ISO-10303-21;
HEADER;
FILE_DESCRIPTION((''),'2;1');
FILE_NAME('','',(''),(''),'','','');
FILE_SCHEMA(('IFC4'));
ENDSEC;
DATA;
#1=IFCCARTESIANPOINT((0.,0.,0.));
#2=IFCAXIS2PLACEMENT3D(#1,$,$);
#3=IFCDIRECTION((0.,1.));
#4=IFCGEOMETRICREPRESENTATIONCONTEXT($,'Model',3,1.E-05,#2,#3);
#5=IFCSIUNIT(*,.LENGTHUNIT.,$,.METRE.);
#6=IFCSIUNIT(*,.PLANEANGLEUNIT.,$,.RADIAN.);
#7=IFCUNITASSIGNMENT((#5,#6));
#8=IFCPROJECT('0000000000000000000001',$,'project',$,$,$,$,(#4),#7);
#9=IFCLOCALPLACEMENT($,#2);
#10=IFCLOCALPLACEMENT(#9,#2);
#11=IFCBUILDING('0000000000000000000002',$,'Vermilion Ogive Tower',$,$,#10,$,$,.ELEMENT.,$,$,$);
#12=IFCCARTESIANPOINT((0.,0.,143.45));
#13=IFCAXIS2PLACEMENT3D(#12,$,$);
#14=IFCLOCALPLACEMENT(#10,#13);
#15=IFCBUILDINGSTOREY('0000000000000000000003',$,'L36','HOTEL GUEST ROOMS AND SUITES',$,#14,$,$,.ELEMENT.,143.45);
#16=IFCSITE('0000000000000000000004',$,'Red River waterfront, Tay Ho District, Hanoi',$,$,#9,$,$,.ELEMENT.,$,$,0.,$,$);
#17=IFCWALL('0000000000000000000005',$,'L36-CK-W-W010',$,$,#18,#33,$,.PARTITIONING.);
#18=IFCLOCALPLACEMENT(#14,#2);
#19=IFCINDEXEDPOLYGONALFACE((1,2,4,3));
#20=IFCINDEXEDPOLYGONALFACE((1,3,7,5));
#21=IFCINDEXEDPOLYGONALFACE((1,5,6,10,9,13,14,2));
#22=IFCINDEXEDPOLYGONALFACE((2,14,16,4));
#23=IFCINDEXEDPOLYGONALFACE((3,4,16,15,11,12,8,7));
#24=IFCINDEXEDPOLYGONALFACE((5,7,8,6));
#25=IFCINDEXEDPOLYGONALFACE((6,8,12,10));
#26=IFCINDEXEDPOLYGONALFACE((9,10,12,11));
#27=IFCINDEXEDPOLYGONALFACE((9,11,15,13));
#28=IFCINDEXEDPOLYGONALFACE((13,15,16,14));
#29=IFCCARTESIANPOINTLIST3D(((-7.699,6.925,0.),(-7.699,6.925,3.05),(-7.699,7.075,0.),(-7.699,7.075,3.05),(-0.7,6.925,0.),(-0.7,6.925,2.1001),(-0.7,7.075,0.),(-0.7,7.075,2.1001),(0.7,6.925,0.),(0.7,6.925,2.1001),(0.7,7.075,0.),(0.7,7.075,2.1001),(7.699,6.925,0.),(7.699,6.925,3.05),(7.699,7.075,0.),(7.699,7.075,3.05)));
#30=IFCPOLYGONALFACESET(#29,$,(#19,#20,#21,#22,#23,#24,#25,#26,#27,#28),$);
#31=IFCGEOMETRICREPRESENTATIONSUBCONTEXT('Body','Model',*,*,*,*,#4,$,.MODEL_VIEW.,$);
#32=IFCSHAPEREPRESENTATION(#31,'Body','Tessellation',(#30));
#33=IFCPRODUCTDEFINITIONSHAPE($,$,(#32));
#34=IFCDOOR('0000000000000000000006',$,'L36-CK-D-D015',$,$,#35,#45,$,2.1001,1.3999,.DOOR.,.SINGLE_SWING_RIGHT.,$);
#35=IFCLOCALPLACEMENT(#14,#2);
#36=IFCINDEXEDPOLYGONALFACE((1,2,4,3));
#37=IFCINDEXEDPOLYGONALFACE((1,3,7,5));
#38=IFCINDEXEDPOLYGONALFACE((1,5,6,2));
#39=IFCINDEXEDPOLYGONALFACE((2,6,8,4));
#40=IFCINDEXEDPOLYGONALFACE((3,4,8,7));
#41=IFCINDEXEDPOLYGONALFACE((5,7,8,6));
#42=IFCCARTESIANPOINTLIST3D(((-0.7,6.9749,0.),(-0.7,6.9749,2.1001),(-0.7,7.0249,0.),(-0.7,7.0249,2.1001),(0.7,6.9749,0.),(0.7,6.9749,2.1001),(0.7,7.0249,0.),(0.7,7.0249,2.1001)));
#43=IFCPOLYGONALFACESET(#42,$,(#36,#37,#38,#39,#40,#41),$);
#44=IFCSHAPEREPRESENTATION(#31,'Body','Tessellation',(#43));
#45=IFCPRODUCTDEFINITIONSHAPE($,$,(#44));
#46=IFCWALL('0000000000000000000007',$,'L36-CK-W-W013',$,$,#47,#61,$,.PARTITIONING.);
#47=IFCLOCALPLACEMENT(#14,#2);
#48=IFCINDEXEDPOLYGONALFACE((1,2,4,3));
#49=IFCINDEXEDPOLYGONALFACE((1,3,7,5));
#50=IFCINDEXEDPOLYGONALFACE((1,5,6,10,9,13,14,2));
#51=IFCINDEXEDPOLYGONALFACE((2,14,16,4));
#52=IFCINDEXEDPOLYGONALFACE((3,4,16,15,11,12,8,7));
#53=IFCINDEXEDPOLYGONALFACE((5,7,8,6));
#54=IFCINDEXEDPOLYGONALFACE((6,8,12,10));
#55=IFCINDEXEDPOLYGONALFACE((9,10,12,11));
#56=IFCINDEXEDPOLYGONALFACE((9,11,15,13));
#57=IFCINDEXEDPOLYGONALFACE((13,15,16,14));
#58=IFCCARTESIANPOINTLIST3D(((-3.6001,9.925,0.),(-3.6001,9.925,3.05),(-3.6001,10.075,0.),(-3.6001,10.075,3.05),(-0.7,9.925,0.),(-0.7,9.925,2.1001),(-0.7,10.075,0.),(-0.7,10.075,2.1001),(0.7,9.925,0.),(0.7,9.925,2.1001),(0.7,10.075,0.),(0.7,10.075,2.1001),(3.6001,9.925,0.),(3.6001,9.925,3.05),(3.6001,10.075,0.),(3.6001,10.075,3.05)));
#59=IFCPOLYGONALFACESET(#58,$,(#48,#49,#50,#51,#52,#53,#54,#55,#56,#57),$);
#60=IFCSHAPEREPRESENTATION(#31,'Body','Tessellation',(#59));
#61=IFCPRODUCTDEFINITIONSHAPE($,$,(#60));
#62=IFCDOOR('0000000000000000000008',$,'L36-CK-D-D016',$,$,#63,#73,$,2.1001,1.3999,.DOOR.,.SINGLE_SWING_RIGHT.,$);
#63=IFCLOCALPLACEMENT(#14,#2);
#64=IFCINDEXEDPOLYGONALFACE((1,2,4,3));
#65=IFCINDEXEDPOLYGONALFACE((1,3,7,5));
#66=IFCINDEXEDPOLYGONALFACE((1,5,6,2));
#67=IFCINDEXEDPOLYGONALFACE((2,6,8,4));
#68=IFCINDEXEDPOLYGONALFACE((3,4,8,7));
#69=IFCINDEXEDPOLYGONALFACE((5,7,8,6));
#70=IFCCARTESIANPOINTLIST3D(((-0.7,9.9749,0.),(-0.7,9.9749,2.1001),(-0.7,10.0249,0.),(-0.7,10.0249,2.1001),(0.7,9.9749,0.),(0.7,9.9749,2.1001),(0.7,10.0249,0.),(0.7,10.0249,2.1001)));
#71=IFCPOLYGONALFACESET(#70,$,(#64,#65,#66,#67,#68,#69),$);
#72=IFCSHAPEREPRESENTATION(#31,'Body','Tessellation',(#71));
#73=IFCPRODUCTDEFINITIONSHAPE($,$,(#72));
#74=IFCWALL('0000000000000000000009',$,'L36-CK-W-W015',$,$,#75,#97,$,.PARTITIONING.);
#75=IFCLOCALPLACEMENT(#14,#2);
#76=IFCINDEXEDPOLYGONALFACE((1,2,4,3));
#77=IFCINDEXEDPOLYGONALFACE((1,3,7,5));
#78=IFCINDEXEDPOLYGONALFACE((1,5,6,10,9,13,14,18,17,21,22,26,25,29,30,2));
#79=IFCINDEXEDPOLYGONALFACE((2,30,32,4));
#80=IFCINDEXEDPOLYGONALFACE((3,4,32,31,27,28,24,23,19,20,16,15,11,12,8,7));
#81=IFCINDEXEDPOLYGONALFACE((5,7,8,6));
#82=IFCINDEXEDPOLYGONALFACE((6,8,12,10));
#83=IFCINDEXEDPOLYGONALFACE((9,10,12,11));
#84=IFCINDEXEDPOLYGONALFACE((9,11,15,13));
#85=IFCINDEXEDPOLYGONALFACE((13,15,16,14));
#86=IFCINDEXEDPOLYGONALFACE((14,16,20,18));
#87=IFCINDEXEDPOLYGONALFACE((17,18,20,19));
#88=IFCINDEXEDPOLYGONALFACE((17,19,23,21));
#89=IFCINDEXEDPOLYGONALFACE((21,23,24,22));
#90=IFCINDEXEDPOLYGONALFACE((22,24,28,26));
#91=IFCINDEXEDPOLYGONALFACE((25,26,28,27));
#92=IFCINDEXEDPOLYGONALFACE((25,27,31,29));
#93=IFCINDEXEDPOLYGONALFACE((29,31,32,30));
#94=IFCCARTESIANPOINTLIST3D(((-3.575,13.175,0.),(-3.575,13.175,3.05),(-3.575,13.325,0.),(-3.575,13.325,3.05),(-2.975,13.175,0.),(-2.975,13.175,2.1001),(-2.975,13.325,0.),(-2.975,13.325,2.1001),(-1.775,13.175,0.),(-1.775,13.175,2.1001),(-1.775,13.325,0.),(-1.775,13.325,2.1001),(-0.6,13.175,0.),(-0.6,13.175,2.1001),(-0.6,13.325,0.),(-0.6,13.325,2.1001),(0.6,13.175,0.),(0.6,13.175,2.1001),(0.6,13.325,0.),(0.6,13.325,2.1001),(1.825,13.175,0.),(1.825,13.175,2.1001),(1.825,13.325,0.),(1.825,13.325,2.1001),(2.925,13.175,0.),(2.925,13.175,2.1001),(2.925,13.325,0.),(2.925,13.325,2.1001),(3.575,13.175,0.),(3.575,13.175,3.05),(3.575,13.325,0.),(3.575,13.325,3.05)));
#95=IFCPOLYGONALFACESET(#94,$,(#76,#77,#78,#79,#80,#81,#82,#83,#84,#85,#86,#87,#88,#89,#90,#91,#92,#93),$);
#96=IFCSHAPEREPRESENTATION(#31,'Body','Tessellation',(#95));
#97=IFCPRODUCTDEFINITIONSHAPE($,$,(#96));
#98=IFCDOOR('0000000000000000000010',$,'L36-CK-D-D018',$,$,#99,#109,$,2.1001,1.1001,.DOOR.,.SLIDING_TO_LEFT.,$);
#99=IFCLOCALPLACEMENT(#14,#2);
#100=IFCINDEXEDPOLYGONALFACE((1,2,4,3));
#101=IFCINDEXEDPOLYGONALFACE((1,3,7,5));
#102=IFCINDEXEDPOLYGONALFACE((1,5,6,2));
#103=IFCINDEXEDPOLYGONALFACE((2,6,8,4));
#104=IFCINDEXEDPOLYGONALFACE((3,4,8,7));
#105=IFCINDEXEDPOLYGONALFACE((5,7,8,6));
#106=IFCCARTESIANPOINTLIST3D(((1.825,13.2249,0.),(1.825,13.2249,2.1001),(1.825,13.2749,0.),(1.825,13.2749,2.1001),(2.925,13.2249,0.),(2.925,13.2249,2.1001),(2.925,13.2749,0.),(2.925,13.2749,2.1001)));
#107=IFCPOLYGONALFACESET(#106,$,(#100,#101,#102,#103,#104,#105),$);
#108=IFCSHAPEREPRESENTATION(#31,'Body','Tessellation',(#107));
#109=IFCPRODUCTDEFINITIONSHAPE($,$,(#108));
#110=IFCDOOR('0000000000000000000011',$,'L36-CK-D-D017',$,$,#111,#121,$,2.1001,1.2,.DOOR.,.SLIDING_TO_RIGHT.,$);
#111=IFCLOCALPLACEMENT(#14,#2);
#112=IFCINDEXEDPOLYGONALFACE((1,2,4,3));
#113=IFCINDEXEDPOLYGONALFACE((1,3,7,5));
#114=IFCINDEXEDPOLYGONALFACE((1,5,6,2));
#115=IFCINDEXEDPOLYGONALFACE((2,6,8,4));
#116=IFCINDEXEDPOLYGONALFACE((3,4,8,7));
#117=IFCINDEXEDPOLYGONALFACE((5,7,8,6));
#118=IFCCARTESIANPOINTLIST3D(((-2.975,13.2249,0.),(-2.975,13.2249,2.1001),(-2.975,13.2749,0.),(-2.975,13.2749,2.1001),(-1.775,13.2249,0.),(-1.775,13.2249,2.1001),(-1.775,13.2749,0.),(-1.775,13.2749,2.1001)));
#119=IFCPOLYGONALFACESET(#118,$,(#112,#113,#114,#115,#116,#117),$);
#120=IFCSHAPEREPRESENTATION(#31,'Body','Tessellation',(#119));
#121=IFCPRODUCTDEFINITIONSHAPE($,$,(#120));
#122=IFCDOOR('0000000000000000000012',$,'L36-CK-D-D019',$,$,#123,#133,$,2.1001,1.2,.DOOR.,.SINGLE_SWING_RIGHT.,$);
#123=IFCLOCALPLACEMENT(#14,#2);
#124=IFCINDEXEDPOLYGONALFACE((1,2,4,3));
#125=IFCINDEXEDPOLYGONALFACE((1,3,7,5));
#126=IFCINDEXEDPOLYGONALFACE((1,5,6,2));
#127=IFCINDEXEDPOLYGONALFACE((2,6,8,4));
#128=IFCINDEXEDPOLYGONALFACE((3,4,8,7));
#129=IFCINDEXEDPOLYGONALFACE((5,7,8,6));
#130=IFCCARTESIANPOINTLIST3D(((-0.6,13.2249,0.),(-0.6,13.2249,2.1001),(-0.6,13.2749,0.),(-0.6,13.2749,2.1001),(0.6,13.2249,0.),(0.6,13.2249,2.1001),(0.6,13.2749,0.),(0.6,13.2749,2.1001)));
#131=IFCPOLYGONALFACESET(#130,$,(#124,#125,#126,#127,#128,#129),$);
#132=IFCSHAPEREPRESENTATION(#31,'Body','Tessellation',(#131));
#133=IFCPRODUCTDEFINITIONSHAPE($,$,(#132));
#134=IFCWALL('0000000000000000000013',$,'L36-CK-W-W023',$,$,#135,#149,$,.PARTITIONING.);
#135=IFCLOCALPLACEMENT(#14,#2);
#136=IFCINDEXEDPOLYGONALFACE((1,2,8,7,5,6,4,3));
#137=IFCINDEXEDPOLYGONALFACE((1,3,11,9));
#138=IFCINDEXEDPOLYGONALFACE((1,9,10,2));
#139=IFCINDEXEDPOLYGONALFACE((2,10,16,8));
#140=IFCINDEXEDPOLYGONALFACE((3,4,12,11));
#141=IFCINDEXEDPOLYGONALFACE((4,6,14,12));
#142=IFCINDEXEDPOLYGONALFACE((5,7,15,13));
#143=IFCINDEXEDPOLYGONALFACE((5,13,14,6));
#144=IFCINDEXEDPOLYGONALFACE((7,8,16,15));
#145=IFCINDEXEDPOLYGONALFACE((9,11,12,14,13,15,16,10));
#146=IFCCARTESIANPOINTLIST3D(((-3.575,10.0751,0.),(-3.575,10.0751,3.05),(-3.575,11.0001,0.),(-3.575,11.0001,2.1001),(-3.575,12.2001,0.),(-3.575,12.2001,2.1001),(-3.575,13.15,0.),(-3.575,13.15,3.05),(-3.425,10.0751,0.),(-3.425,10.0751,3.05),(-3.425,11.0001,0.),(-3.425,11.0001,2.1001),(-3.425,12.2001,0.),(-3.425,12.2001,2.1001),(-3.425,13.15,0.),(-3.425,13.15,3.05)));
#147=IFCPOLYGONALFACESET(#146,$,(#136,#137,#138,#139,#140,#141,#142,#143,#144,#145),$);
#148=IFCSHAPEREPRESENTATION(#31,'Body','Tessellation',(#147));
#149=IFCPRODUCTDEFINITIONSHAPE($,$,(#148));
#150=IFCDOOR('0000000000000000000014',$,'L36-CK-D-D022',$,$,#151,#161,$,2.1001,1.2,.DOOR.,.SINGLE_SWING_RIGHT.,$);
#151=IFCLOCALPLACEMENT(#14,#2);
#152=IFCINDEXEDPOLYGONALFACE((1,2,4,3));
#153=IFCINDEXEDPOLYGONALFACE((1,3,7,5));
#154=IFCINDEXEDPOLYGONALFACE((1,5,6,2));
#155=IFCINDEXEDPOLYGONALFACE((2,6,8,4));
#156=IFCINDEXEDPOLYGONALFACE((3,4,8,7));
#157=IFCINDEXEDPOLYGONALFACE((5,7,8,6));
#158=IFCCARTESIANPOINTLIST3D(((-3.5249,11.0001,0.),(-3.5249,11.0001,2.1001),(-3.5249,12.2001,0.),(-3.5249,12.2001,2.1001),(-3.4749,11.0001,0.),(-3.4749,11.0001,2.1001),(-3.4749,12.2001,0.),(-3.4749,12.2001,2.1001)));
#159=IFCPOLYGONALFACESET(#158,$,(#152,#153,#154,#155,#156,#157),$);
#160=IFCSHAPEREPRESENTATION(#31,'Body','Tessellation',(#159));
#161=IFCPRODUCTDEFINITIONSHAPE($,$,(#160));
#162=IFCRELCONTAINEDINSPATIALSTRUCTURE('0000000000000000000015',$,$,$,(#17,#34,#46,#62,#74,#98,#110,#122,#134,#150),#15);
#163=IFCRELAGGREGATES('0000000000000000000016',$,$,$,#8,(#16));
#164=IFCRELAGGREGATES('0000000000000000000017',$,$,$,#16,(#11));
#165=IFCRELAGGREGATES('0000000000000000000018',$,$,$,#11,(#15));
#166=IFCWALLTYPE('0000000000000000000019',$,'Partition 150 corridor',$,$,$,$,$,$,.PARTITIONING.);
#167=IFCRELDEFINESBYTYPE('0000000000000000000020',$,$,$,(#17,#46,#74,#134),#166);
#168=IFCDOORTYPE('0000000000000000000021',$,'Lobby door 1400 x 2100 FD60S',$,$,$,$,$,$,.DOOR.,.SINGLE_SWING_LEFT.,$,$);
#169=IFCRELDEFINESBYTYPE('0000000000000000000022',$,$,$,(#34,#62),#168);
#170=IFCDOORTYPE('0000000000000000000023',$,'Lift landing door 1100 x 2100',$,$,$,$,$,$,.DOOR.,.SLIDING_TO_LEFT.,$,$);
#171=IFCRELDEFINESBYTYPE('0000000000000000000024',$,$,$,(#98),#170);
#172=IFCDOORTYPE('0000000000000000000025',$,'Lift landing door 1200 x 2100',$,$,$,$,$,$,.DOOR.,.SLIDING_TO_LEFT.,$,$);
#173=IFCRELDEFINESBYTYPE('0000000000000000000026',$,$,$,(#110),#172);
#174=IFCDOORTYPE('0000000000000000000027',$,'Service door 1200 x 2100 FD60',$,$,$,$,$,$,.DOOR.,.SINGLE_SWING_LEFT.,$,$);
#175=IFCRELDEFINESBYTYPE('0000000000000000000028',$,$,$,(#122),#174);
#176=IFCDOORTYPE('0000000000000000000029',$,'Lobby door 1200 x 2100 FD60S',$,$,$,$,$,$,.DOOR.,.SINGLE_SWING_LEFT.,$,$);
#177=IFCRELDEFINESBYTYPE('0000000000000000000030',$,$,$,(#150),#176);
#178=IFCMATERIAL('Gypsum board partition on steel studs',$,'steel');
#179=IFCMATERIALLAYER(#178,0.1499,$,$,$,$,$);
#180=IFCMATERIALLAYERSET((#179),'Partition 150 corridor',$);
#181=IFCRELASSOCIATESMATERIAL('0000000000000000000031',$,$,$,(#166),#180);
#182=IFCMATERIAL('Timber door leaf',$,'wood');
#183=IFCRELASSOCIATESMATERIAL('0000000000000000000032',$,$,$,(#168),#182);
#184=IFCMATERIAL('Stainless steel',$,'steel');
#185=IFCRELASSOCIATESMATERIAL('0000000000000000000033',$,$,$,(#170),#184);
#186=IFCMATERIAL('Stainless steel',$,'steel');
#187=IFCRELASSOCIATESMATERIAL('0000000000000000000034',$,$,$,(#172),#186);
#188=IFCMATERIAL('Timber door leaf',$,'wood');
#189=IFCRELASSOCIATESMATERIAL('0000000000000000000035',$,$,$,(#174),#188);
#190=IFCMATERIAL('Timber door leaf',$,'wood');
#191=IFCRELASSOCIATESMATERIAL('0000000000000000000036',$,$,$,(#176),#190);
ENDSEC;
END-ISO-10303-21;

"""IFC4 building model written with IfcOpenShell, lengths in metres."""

from ifc_helpers import new_model, si_unit, direction, frame, frame_2d, origin, place, context, subcontext, project, spatial, rectangle, extrude, material, layer, layer_set, type_object, element, fill, save


model = new_model("IFC4")

# Units and contexts
model_context = context("Model", 3, precision=1e-05, world=origin(), true_north=direction((0.0, 1.0)))
body_context = subcontext(model_context, "Body", "Model", "MODEL_VIEW")
ifc_project = project(units=[si_unit("LENGTHUNIT", "METRE"), si_unit("PLANEANGLEUNIT", "RADIAN")], contexts=[model_context])

# Site, building, storey
site_placement = place(None, origin())
site = spatial("IfcSite", under=ifc_project, at=site_placement, Name="Red River waterfront, Tay Ho District, Hanoi", CompositionType="ELEMENT", RefElevation=0.0)
building_placement = place(site_placement, origin())
building = spatial("IfcBuilding", under=site, at=building_placement, Name="Vermilion Ogive Tower", CompositionType="ELEMENT")
storey_placement = place(building_placement, frame((0.0, 0.0, 143.45)))
storey = spatial("IfcBuildingStorey", under=building, at=storey_placement, Name="L36", Description="HOTEL GUEST ROOMS AND SUITES", CompositionType="ELEMENT", Elevation=143.45)

# Walls, openings, doors
ifc_material_1 = material(Name="Gypsum board partition on steel studs", Category="steel")
ifc_layer_1 = layer(ifc_material_1, 0.1499)
ifc_layer_set_1 = layer_set([ifc_layer_1], Name="Partition 150 corridor")
wall_type_1 = type_object("IfcWallType", Name="Partition 150 corridor", PredefinedType="PARTITIONING", material=ifc_layer_set_1)
wall_1_placement = place(storey_placement, frame((-7.699, 7.0, 0.0), z_axis=(0.0, 0.0, 1.0), x_axis=(1.0, 0.0, 0.0)))
wall_1 = element("IfcWall", 1, at=wall_1_placement, inside=storey, type_object=wall_type_1, Name="L36-CK-W-W010", PredefinedType="PARTITIONING", context=body_context, shape_type="SweptSolid", body=[
    extrude(rectangle(XDim=15.3979, YDim=0.1499, at=frame_2d((7.699, 0.0))), origin(), (0.0, 0.0, 1.0), 3.05),
])
opening_1_placement = place(wall_1_placement, frame((6.999, 0.0, 0.0)))
opening_1 = element("IfcOpeningElement", 2, at=opening_1_placement, cuts=wall_1, PredefinedType="OPENING", context=body_context, shape_type="SweptSolid", body=[
    extrude(rectangle(XDim=1.3999, YDim=2.1001, at=frame_2d((0.7, 1.05))), frame((0.0, 0.085, 0.0), z_axis=(0.0, -1.0, 0.0), x_axis=(1.0, 0.0, 0.0)), (0.0, 0.0, 1.0), 0.1699),
])
ifc_material_2 = material(Name="Timber door leaf", Category="wood")
door_type_1 = type_object("IfcDoorType", Name="Lobby door 1400 x 2100 FD60S", OperationType="SINGLE_SWING_LEFT", PredefinedType="DOOR", material=ifc_material_2)
door_1_placement = place(opening_1_placement, origin())
door_1 = element("IfcDoor", 3, at=door_1_placement, inside=storey, type_object=door_type_1, Name="L36-CK-D-D015", OperationType="SINGLE_SWING_RIGHT", OverallHeight=2.1001, OverallWidth=1.3999, PredefinedType="DOOR", context=body_context, shape_type="SweptSolid", body=[
    extrude(rectangle(XDim=1.3999, YDim=2.1001, at=frame_2d((0.7, 1.05))), frame((0.0, 0.0249, 0.0), z_axis=(0.0, -1.0, 0.0), x_axis=(1.0, 0.0, 0.0)), (0.0, 0.0, 1.0), 0.05),
])
fill(opening_1, door_1)
wall_2_placement = place(storey_placement, frame((-3.6001, 10.0, 0.0), z_axis=(0.0, 0.0, 1.0), x_axis=(1.0, 0.0, 0.0)))
wall_2 = element("IfcWall", 4, at=wall_2_placement, inside=storey, type_object=wall_type_1, Name="L36-CK-W-W013", PredefinedType="PARTITIONING", context=body_context, shape_type="SweptSolid", body=[
    extrude(rectangle(XDim=7.2002, YDim=0.1499, at=frame_2d((3.6001, 0.0))), origin(), (0.0, 0.0, 1.0), 3.05),
])
opening_2_placement = place(wall_2_placement, frame((2.9001, 0.0, 0.0)))
opening_2 = element("IfcOpeningElement", 5, at=opening_2_placement, cuts=wall_2, PredefinedType="OPENING", context=body_context, shape_type="SweptSolid", body=[
    extrude(rectangle(XDim=1.3999, YDim=2.1001, at=frame_2d((0.7, 1.05))), frame((0.0, 0.085, 0.0), z_axis=(0.0, -1.0, 0.0), x_axis=(1.0, 0.0, 0.0)), (0.0, 0.0, 1.0), 0.1699),
])
door_2_placement = place(opening_2_placement, origin())
door_2 = element("IfcDoor", 6, at=door_2_placement, inside=storey, type_object=door_type_1, Name="L36-CK-D-D016", OperationType="SINGLE_SWING_RIGHT", OverallHeight=2.1001, OverallWidth=1.3999, PredefinedType="DOOR", context=body_context, shape_type="SweptSolid", body=[
    extrude(rectangle(XDim=1.3999, YDim=2.1001, at=frame_2d((0.7, 1.05))), frame((0.0, 0.0249, 0.0), z_axis=(0.0, -1.0, 0.0), x_axis=(1.0, 0.0, 0.0)), (0.0, 0.0, 1.0), 0.05),
])
fill(opening_2, door_2)

# Wall, openings, doors
wall_3_placement = place(storey_placement, frame((-3.575, 13.25, 0.0), z_axis=(0.0, 0.0, 1.0), x_axis=(1.0, 0.0, 0.0)))
wall_3 = element("IfcWall", 7, at=wall_3_placement, inside=storey, type_object=wall_type_1, Name="L36-CK-W-W015", PredefinedType="PARTITIONING", context=body_context, shape_type="SweptSolid", body=[
    extrude(rectangle(XDim=7.1499, YDim=0.1499, at=frame_2d((3.575, 0.0))), origin(), (0.0, 0.0, 1.0), 3.05),
])
opening_3_placement = place(wall_3_placement, frame((0.5999, 0.0, 0.0)))
opening_3 = element("IfcOpeningElement", 8, at=opening_3_placement, cuts=wall_3, PredefinedType="OPENING", context=body_context, shape_type="SweptSolid", body=[
    extrude(rectangle(XDim=1.2, YDim=2.1001, at=frame_2d((0.6001, 1.05))), frame((0.0, 0.085, 0.0), z_axis=(0.0, -1.0, 0.0), x_axis=(1.0, 0.0, 0.0)), (0.0, 0.0, 1.0), 0.1699),
])
opening_4_placement = place(wall_3_placement, frame((5.3999, 0.0, 0.0)))
opening_4 = element("IfcOpeningElement", 9, at=opening_4_placement, cuts=wall_3, PredefinedType="OPENING", context=body_context, shape_type="SweptSolid", body=[
    extrude(rectangle(XDim=1.1001, YDim=2.1001, at=frame_2d((0.55, 1.05))), frame((0.0, 0.085, 0.0), z_axis=(0.0, -1.0, 0.0), x_axis=(1.0, 0.0, 0.0)), (0.0, 0.0, 1.0), 0.1699),
])
opening_5_placement = place(wall_3_placement, frame((2.9749, 0.0, 0.0)))
opening_5 = element("IfcOpeningElement", 10, at=opening_5_placement, cuts=wall_3, PredefinedType="OPENING", context=body_context, shape_type="SweptSolid", body=[
    extrude(rectangle(XDim=1.2, YDim=2.1001, at=frame_2d((0.6001, 1.05))), frame((0.0, 0.085, 0.0), z_axis=(0.0, -1.0, 0.0), x_axis=(1.0, 0.0, 0.0)), (0.0, 0.0, 1.0), 0.1699),
])
ifc_material_3 = material(Name="Stainless steel", Category="steel")
door_type_2 = type_object("IfcDoorType", Name="Lift landing door 1100 x 2100", OperationType="SLIDING_TO_LEFT", PredefinedType="DOOR", material=ifc_material_3)
door_3_placement = place(opening_4_placement, origin())
door_3 = element("IfcDoor", 11, at=door_3_placement, inside=storey, type_object=door_type_2, Name="L36-CK-D-D018", OperationType="SLIDING_TO_LEFT", OverallHeight=2.1001, OverallWidth=1.1001, PredefinedType="DOOR", context=body_context, shape_type="SweptSolid", body=[
    extrude(rectangle(XDim=1.1001, YDim=2.1001, at=frame_2d((0.55, 1.05))), frame((0.0, 0.0249, 0.0), z_axis=(0.0, -1.0, 0.0), x_axis=(1.0, 0.0, 0.0)), (0.0, 0.0, 1.0), 0.05),
])
fill(opening_4, door_3)
ifc_material_4 = material(Name="Stainless steel", Category="steel")
door_type_3 = type_object("IfcDoorType", Name="Lift landing door 1200 x 2100", OperationType="SLIDING_TO_LEFT", PredefinedType="DOOR", material=ifc_material_4)
door_4_placement = place(opening_3_placement, origin())
door_4 = element("IfcDoor", 12, at=door_4_placement, inside=storey, type_object=door_type_3, Name="L36-CK-D-D017", OperationType="SLIDING_TO_RIGHT", OverallHeight=2.1001, OverallWidth=1.2, PredefinedType="DOOR", context=body_context, shape_type="SweptSolid", body=[
    extrude(rectangle(XDim=1.2, YDim=2.1001, at=frame_2d((0.6001, 1.05))), frame((0.0, 0.0249, 0.0), z_axis=(0.0, -1.0, 0.0), x_axis=(1.0, 0.0, 0.0)), (0.0, 0.0, 1.0), 0.05),
])
fill(opening_3, door_4)
ifc_material_5 = material(Name="Timber door leaf", Category="wood")
door_type_4 = type_object("IfcDoorType", Name="Service door 1200 x 2100 FD60", OperationType="SINGLE_SWING_LEFT", PredefinedType="DOOR", material=ifc_material_5)
door_5_placement = place(opening_5_placement, origin())
door_5 = element("IfcDoor", 13, at=door_5_placement, inside=storey, type_object=door_type_4, Name="L36-CK-D-D019", OperationType="SINGLE_SWING_RIGHT", OverallHeight=2.1001, OverallWidth=1.2, PredefinedType="DOOR", context=body_context, shape_type="SweptSolid", body=[
    extrude(rectangle(XDim=1.2, YDim=2.1001, at=frame_2d((0.6001, 1.05))), frame((0.0, 0.0249, 0.0), z_axis=(0.0, -1.0, 0.0), x_axis=(1.0, 0.0, 0.0)), (0.0, 0.0, 1.0), 0.05),
])
fill(opening_5, door_5)

# Wall, opening, door
wall_4_placement = place(storey_placement, frame((-3.5, 10.075, 0.0), z_axis=(0.0, 0.0, 1.0), x_axis=(0.0, 1.0, 0.0)))
wall_4 = element("IfcWall", 14, at=wall_4_placement, inside=storey, type_object=wall_type_1, Name="L36-CK-W-W023", PredefinedType="PARTITIONING", context=body_context, shape_type="SweptSolid", body=[
    extrude(rectangle(XDim=3.075, YDim=0.1499, at=frame_2d((1.5376, 0.0))), origin(), (0.0, 0.0, 1.0), 3.05),
])
opening_6_placement = place(wall_4_placement, frame((0.925, 0.0, 0.0)))
opening_6 = element("IfcOpeningElement", 15, at=opening_6_placement, cuts=wall_4, PredefinedType="OPENING", context=body_context, shape_type="SweptSolid", body=[
    extrude(rectangle(XDim=1.2, YDim=2.1001, at=frame_2d((0.6001, 1.05))), frame((0.0, 0.085, 0.0), z_axis=(0.0, -1.0, 0.0), x_axis=(1.0, 0.0, 0.0)), (0.0, 0.0, 1.0), 0.1699),
])
ifc_material_6 = material(Name="Timber door leaf", Category="wood")
door_type_5 = type_object("IfcDoorType", Name="Lobby door 1200 x 2100 FD60S", OperationType="SINGLE_SWING_LEFT", PredefinedType="DOOR", material=ifc_material_6)
door_6_placement = place(opening_6_placement, origin())
door_6 = element("IfcDoor", 16, at=door_6_placement, inside=storey, type_object=door_type_5, Name="L36-CK-D-D022", OperationType="SINGLE_SWING_RIGHT", OverallHeight=2.1001, OverallWidth=1.2, PredefinedType="DOOR", context=body_context, shape_type="SweptSolid", body=[
    extrude(rectangle(XDim=1.2, YDim=2.1001, at=frame_2d((0.6001, 1.05))), frame((0.0, 0.0249, 0.0), z_axis=(0.0, -1.0, 0.0), x_axis=(1.0, 0.0, 0.0)), (0.0, 0.0, 1.0), 0.05),
])
fill(opening_6, door_6)

save(model, "model.ifc")
